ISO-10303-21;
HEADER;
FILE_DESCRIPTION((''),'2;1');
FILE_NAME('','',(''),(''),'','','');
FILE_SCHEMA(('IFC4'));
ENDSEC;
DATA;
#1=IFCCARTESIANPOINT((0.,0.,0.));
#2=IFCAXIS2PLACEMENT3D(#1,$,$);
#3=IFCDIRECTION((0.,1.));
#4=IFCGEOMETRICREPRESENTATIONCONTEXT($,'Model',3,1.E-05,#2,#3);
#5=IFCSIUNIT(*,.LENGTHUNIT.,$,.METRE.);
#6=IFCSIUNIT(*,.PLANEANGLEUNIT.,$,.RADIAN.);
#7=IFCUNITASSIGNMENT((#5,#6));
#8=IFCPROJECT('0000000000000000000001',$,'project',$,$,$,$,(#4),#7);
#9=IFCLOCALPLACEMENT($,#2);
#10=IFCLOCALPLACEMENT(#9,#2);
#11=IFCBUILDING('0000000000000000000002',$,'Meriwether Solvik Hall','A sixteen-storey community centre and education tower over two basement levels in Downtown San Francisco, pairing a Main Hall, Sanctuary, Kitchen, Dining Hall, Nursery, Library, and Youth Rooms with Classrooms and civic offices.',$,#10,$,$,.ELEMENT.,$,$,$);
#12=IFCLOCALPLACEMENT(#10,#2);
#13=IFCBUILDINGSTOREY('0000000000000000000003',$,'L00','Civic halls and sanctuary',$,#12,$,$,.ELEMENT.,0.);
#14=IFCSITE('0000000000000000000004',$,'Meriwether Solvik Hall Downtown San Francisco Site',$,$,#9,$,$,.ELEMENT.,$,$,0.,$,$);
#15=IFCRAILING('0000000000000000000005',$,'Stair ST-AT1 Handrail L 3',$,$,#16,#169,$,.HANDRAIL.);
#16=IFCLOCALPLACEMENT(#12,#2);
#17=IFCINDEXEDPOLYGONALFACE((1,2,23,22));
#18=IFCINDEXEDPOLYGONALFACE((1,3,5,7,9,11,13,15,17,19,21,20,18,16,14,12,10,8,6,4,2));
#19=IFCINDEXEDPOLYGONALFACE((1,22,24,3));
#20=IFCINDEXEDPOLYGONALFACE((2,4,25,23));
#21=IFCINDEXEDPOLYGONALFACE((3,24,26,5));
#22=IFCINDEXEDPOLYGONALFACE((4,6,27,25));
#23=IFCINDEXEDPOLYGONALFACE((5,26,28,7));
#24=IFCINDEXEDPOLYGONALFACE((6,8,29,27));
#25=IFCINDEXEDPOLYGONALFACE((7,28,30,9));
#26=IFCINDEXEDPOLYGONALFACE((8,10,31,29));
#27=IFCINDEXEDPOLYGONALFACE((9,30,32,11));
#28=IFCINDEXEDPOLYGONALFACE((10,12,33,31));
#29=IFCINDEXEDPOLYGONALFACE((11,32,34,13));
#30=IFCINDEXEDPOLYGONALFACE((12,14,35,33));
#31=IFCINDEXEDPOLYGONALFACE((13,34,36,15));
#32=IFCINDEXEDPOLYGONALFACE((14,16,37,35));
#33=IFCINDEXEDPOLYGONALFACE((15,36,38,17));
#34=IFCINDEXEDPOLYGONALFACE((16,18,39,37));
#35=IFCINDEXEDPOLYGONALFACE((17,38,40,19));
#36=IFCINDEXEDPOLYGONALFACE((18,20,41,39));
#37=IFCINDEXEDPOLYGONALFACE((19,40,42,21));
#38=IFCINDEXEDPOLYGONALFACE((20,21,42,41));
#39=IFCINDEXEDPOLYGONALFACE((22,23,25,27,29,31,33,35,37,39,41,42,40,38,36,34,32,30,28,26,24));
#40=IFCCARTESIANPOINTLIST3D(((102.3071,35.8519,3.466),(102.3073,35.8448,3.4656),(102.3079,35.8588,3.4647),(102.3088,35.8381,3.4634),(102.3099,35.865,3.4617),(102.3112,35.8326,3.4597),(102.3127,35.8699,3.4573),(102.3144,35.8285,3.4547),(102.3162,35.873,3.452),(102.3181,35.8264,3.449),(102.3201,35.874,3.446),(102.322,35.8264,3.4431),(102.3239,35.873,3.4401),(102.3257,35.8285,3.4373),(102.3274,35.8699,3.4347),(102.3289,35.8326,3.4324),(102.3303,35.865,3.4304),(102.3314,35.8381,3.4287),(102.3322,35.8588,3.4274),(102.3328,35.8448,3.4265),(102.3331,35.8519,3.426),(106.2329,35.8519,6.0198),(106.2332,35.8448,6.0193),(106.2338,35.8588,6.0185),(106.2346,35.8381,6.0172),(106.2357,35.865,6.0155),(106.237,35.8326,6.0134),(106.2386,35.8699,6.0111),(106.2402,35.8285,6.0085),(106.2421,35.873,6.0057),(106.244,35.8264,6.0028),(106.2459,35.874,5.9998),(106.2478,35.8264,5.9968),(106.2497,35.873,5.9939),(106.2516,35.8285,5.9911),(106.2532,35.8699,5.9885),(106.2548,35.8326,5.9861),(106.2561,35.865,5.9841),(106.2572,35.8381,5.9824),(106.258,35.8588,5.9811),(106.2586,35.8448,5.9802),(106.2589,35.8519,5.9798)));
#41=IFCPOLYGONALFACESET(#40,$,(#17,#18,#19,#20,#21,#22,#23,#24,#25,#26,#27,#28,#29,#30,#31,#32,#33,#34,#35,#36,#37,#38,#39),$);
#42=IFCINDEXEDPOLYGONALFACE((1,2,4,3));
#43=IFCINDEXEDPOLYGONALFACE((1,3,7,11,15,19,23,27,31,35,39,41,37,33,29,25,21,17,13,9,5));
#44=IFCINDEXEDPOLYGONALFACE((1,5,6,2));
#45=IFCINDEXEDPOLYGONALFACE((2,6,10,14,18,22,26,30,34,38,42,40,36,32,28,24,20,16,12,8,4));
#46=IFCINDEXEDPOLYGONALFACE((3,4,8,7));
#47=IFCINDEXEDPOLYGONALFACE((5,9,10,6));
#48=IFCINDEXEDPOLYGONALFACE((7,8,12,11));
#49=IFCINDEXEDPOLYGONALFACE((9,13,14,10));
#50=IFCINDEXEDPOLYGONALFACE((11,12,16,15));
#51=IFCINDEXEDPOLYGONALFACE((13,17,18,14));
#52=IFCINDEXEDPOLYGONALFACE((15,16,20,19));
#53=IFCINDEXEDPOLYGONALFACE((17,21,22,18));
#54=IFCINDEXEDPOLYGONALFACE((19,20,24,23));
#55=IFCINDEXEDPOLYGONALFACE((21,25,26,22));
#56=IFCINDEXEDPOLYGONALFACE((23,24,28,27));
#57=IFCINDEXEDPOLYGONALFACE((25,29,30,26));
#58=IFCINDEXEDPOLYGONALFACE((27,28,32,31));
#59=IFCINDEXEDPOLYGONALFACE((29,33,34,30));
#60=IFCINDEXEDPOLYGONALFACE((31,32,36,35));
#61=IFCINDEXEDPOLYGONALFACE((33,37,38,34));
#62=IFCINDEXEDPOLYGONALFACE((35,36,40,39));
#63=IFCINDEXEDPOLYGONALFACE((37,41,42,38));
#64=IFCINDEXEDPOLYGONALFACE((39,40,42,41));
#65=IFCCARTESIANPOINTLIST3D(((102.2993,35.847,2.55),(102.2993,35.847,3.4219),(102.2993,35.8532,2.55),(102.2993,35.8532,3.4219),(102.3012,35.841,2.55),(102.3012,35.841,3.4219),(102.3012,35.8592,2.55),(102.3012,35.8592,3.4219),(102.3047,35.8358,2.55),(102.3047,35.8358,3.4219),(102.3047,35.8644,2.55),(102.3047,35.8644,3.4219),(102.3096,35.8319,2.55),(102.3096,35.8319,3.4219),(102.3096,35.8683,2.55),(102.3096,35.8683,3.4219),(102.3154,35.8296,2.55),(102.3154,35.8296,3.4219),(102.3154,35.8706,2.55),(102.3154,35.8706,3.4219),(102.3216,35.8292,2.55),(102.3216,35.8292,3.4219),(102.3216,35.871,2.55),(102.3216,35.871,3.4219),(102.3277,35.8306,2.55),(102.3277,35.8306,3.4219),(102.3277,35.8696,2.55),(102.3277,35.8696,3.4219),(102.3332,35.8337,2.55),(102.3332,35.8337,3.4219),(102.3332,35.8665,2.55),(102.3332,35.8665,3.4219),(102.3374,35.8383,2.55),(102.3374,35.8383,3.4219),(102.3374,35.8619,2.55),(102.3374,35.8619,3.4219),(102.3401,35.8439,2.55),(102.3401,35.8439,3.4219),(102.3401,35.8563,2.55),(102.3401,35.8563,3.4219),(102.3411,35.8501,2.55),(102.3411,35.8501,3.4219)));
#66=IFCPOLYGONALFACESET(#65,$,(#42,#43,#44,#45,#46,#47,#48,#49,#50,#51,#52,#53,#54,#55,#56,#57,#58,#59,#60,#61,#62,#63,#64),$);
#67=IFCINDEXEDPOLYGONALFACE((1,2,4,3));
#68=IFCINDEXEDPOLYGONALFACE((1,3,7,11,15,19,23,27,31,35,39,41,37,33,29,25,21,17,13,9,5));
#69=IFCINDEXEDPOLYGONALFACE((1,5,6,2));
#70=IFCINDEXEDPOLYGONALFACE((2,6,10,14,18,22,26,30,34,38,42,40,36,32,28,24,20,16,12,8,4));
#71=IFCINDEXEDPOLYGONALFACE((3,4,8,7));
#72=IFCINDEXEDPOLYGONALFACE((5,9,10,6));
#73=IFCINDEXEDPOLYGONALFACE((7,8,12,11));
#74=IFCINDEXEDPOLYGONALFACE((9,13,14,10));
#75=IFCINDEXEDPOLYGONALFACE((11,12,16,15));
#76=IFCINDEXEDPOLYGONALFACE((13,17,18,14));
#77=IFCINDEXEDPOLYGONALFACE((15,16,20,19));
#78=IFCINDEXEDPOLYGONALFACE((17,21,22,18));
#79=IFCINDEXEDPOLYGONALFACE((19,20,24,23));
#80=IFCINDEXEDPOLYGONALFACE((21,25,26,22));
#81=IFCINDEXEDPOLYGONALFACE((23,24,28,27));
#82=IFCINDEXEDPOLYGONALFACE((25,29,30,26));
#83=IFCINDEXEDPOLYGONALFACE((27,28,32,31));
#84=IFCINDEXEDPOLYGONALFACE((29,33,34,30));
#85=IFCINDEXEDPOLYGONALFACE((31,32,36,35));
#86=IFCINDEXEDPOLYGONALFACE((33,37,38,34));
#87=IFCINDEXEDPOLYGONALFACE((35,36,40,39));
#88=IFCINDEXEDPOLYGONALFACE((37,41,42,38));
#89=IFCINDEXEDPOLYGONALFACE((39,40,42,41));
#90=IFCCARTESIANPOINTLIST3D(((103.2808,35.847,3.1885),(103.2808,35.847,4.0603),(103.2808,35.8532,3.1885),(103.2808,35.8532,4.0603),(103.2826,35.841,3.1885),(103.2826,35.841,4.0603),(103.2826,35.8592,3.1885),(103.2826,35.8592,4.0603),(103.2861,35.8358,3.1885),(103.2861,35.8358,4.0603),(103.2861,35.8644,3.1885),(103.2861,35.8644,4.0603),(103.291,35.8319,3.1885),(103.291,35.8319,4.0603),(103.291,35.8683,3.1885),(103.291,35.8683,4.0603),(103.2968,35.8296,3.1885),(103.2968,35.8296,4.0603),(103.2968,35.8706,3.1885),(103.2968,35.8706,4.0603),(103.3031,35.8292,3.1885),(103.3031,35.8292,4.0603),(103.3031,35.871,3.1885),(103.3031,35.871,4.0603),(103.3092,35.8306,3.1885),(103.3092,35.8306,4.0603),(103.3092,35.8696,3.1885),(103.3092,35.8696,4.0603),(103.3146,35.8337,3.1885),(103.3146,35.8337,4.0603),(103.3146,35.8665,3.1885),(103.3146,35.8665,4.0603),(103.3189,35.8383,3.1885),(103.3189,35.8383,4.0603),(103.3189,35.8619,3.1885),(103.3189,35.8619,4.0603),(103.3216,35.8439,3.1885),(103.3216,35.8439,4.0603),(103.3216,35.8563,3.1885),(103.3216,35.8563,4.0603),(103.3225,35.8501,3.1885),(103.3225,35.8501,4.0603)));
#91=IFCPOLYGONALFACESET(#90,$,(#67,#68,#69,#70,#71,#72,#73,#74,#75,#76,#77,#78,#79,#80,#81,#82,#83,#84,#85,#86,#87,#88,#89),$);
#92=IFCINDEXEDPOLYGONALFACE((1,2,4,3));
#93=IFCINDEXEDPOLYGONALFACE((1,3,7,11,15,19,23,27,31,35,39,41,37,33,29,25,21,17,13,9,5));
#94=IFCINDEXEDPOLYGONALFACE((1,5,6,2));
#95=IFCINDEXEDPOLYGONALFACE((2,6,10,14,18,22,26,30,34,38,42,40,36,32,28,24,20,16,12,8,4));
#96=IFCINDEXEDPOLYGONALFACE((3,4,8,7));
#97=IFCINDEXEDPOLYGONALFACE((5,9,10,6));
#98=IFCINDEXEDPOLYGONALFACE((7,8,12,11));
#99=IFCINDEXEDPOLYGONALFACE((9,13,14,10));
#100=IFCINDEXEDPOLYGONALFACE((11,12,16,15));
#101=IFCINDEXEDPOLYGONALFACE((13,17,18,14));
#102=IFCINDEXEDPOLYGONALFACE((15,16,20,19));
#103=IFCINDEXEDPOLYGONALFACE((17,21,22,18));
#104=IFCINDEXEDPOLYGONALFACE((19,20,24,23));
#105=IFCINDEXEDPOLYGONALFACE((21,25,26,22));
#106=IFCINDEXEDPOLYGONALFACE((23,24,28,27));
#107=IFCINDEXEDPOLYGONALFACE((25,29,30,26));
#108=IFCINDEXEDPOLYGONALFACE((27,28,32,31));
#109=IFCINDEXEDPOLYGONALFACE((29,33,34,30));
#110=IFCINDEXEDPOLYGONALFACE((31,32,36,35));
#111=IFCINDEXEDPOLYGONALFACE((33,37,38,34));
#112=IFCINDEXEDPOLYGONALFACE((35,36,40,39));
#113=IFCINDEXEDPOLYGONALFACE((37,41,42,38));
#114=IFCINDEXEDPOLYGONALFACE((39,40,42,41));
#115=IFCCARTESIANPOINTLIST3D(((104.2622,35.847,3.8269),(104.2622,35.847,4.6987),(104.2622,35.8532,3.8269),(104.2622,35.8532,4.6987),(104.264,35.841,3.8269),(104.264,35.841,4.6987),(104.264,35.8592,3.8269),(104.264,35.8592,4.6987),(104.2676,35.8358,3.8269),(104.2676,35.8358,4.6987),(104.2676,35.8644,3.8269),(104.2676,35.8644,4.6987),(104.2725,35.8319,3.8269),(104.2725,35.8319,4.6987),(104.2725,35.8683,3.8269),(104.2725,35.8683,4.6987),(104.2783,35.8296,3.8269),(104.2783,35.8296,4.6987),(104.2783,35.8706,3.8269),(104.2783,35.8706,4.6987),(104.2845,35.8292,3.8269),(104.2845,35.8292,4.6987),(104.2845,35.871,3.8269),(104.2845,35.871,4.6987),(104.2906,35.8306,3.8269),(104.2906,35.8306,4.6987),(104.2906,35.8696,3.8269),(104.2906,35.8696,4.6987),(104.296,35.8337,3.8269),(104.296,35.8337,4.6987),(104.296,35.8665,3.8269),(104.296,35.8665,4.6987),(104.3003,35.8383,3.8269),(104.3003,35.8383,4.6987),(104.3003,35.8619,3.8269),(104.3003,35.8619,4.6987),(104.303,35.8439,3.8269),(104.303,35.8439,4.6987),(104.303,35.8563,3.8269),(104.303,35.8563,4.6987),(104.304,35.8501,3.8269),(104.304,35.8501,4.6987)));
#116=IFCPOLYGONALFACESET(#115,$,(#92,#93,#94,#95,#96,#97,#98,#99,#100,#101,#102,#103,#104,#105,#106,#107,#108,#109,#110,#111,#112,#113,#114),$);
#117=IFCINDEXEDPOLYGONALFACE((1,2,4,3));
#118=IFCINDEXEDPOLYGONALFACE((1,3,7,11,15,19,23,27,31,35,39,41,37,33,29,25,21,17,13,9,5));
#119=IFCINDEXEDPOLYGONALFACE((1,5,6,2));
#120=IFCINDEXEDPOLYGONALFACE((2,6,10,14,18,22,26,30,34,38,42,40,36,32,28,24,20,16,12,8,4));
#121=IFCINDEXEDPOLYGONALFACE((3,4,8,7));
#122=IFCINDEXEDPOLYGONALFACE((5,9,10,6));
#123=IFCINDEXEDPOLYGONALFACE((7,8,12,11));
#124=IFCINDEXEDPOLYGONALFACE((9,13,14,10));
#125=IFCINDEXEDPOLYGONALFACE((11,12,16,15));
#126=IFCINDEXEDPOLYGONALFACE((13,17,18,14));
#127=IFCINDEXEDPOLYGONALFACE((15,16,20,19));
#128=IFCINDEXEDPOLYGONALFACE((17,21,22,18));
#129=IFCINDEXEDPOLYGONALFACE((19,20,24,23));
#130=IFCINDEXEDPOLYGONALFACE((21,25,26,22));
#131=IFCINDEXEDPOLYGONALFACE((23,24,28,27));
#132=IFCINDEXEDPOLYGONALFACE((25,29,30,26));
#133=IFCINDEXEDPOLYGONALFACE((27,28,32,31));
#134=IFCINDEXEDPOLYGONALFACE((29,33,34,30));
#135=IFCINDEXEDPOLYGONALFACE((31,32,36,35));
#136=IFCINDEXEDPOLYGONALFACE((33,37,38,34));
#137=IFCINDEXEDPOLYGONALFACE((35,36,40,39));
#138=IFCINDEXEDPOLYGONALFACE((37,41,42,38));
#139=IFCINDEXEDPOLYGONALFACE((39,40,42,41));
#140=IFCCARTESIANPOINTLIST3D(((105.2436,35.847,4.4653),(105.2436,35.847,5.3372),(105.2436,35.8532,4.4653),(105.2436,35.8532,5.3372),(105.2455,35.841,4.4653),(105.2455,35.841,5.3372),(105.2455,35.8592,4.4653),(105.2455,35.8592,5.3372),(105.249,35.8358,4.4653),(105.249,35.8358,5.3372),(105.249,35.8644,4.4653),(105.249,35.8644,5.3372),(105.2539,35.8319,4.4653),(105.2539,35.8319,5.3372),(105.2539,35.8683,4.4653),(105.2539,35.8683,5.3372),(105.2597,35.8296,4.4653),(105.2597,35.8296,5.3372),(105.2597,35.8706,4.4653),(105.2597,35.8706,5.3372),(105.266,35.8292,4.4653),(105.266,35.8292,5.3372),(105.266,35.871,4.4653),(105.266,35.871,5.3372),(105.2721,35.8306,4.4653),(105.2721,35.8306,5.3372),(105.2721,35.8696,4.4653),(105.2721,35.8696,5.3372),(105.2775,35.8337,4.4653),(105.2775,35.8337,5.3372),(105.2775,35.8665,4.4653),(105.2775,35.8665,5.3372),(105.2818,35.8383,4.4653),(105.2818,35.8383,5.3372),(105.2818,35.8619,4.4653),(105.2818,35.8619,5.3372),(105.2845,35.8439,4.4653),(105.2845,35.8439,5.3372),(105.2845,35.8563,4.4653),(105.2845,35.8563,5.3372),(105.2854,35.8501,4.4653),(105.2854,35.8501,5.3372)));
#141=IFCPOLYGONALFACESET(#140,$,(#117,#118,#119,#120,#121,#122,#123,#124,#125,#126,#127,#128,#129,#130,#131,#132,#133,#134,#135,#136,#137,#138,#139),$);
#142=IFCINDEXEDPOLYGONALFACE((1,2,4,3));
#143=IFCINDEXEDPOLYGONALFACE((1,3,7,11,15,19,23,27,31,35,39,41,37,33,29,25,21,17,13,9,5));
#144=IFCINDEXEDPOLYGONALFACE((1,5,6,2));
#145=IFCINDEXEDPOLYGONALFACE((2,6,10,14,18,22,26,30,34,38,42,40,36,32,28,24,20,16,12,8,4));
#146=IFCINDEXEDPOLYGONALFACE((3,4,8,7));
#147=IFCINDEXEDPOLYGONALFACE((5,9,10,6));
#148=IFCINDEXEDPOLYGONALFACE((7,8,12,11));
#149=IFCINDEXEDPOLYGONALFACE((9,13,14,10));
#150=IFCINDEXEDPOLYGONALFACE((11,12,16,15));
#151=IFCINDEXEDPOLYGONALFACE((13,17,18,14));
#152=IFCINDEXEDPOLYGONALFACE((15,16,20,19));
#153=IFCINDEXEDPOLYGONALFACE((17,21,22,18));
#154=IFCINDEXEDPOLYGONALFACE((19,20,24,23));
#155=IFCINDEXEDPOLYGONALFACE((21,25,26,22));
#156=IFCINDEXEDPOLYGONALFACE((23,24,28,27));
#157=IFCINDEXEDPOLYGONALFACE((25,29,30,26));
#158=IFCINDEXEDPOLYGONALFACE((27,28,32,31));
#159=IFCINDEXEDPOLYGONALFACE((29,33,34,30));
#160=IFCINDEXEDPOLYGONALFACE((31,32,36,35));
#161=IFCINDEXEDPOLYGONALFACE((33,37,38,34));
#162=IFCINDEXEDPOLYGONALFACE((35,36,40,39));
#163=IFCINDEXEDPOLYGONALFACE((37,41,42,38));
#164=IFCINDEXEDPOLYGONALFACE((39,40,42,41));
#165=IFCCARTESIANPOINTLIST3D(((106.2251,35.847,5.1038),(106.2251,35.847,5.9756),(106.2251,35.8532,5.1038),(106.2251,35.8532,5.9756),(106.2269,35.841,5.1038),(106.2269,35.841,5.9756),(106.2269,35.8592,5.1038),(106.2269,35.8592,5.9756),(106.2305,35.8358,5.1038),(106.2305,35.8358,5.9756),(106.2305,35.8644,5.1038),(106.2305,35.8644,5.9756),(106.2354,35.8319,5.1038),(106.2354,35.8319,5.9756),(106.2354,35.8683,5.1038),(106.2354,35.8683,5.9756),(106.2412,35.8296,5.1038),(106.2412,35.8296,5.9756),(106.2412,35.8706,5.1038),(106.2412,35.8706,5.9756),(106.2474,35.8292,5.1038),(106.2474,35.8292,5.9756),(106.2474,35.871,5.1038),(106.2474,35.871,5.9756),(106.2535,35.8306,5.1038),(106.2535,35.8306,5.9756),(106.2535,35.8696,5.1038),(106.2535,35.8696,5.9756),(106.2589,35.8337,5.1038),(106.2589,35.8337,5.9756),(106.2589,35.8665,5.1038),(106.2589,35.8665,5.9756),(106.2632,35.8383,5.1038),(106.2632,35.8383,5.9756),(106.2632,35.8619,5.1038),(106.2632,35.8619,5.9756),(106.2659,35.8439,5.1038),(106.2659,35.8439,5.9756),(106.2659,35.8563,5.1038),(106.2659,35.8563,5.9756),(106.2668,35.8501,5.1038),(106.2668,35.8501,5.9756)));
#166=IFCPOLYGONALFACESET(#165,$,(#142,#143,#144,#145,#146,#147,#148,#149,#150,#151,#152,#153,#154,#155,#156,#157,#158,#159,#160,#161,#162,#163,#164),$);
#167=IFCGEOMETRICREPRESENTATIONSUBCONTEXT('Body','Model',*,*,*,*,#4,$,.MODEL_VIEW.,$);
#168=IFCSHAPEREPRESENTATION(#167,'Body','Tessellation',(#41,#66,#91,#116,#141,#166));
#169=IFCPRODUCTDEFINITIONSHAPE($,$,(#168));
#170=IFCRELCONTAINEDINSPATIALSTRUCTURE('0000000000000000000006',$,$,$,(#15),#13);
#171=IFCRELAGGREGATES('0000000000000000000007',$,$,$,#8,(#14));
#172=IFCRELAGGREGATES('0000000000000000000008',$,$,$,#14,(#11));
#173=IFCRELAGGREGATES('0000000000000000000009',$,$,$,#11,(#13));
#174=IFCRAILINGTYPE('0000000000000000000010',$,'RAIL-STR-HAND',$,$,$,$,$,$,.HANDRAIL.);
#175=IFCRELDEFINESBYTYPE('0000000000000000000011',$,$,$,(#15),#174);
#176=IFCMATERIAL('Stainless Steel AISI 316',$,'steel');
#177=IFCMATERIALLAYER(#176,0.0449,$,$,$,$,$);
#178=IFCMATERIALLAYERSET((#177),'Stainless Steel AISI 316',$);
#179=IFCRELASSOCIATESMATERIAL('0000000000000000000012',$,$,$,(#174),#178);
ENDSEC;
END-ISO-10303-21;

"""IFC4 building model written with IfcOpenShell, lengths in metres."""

from ifc_helpers import new_model, si_unit, direction, frame, origin, origin_2d, place, context, subcontext, project, spatial, circle, extrude, material, layer, layer_set, type_object, element, save


model = new_model("IFC4")

# Units and contexts
model_context = context("Model", 3, precision=1e-05, world=origin(), true_north=direction((0.0, 1.0)))
body_context = subcontext(model_context, "Body", "Model", "MODEL_VIEW")
ifc_project = project(units=[si_unit("LENGTHUNIT", "METRE"), si_unit("PLANEANGLEUNIT", "RADIAN")], contexts=[model_context])

# Site, building, storey
site_placement = place(None, origin())
site = spatial("IfcSite", under=ifc_project, at=site_placement, Name="Meriwether Solvik Hall Downtown San Francisco Site", CompositionType="ELEMENT", RefElevation=0.0)
building_placement = place(site_placement, origin())
building = spatial("IfcBuilding", under=site, at=building_placement, Name="Meriwether Solvik Hall", Description="A sixteen-storey community centre and education tower over two basement levels in Downtown San Francisco, pairing a Main Hall, Sanctuary, Kitchen, Dining Hall, Nursery, Library, and Youth Rooms with Classrooms and civic offices.", CompositionType="ELEMENT")
storey_placement = place(building_placement, origin())
storey = spatial("IfcBuildingStorey", under=building, at=storey_placement, Name="L00", Description="Civic halls and sanctuary", CompositionType="ELEMENT", Elevation=0.0)

# Railing
ifc_material_1 = material(Name="Stainless Steel AISI 316", Category="steel")
ifc_layer_1 = layer(ifc_material_1, 0.0449)
ifc_layer_set_1 = layer_set([ifc_layer_1], Name="Stainless Steel AISI 316")
railing_type_1 = type_object("IfcRailingType", Name="RAIL-STR-HAND", PredefinedType="HANDRAIL", material=ifc_layer_set_1)
railing_1_placement = place(storey_placement, frame((102.3201, 35.8501, 2.55)))
element("IfcRailing", 1, at=railing_1_placement, inside=storey, type_object=railing_type_1, Name="Stair ST-AT1 Handrail L 3", PredefinedType="HANDRAIL", context=body_context, shape_type="SweptSolid", body=[
    extrude(circle(Radius=0.0239, at=origin_2d()), frame((0.0, 0.0, 0.896), z_axis=(0.838253, 0.0, 0.545281), x_axis=(0.0, 1.0, 0.0)), (0.0, 0.0, 1.0), 4.6833),
    extrude(circle(Radius=0.021, at=origin_2d()), origin(), (0.0, 0.0, 1.0), 0.8718),
    extrude(circle(Radius=0.021, at=origin_2d()), frame((0.9814, 0.0, 0.6384)), (0.0, 0.0, 1.0), 0.8718),
    extrude(circle(Radius=0.021, at=origin_2d()), frame((1.9629, 0.0, 1.2769)), (0.0, 0.0, 1.0), 0.8718),
    extrude(circle(Radius=0.021, at=origin_2d()), frame((2.9443, 0.0, 1.9153)), (0.0, 0.0, 1.0), 0.8718),
    extrude(circle(Radius=0.021, at=origin_2d()), frame((3.9258, 0.0, 2.5537)), (0.0, 0.0, 1.0), 0.8718),
])

save(model, "model.ifc")
